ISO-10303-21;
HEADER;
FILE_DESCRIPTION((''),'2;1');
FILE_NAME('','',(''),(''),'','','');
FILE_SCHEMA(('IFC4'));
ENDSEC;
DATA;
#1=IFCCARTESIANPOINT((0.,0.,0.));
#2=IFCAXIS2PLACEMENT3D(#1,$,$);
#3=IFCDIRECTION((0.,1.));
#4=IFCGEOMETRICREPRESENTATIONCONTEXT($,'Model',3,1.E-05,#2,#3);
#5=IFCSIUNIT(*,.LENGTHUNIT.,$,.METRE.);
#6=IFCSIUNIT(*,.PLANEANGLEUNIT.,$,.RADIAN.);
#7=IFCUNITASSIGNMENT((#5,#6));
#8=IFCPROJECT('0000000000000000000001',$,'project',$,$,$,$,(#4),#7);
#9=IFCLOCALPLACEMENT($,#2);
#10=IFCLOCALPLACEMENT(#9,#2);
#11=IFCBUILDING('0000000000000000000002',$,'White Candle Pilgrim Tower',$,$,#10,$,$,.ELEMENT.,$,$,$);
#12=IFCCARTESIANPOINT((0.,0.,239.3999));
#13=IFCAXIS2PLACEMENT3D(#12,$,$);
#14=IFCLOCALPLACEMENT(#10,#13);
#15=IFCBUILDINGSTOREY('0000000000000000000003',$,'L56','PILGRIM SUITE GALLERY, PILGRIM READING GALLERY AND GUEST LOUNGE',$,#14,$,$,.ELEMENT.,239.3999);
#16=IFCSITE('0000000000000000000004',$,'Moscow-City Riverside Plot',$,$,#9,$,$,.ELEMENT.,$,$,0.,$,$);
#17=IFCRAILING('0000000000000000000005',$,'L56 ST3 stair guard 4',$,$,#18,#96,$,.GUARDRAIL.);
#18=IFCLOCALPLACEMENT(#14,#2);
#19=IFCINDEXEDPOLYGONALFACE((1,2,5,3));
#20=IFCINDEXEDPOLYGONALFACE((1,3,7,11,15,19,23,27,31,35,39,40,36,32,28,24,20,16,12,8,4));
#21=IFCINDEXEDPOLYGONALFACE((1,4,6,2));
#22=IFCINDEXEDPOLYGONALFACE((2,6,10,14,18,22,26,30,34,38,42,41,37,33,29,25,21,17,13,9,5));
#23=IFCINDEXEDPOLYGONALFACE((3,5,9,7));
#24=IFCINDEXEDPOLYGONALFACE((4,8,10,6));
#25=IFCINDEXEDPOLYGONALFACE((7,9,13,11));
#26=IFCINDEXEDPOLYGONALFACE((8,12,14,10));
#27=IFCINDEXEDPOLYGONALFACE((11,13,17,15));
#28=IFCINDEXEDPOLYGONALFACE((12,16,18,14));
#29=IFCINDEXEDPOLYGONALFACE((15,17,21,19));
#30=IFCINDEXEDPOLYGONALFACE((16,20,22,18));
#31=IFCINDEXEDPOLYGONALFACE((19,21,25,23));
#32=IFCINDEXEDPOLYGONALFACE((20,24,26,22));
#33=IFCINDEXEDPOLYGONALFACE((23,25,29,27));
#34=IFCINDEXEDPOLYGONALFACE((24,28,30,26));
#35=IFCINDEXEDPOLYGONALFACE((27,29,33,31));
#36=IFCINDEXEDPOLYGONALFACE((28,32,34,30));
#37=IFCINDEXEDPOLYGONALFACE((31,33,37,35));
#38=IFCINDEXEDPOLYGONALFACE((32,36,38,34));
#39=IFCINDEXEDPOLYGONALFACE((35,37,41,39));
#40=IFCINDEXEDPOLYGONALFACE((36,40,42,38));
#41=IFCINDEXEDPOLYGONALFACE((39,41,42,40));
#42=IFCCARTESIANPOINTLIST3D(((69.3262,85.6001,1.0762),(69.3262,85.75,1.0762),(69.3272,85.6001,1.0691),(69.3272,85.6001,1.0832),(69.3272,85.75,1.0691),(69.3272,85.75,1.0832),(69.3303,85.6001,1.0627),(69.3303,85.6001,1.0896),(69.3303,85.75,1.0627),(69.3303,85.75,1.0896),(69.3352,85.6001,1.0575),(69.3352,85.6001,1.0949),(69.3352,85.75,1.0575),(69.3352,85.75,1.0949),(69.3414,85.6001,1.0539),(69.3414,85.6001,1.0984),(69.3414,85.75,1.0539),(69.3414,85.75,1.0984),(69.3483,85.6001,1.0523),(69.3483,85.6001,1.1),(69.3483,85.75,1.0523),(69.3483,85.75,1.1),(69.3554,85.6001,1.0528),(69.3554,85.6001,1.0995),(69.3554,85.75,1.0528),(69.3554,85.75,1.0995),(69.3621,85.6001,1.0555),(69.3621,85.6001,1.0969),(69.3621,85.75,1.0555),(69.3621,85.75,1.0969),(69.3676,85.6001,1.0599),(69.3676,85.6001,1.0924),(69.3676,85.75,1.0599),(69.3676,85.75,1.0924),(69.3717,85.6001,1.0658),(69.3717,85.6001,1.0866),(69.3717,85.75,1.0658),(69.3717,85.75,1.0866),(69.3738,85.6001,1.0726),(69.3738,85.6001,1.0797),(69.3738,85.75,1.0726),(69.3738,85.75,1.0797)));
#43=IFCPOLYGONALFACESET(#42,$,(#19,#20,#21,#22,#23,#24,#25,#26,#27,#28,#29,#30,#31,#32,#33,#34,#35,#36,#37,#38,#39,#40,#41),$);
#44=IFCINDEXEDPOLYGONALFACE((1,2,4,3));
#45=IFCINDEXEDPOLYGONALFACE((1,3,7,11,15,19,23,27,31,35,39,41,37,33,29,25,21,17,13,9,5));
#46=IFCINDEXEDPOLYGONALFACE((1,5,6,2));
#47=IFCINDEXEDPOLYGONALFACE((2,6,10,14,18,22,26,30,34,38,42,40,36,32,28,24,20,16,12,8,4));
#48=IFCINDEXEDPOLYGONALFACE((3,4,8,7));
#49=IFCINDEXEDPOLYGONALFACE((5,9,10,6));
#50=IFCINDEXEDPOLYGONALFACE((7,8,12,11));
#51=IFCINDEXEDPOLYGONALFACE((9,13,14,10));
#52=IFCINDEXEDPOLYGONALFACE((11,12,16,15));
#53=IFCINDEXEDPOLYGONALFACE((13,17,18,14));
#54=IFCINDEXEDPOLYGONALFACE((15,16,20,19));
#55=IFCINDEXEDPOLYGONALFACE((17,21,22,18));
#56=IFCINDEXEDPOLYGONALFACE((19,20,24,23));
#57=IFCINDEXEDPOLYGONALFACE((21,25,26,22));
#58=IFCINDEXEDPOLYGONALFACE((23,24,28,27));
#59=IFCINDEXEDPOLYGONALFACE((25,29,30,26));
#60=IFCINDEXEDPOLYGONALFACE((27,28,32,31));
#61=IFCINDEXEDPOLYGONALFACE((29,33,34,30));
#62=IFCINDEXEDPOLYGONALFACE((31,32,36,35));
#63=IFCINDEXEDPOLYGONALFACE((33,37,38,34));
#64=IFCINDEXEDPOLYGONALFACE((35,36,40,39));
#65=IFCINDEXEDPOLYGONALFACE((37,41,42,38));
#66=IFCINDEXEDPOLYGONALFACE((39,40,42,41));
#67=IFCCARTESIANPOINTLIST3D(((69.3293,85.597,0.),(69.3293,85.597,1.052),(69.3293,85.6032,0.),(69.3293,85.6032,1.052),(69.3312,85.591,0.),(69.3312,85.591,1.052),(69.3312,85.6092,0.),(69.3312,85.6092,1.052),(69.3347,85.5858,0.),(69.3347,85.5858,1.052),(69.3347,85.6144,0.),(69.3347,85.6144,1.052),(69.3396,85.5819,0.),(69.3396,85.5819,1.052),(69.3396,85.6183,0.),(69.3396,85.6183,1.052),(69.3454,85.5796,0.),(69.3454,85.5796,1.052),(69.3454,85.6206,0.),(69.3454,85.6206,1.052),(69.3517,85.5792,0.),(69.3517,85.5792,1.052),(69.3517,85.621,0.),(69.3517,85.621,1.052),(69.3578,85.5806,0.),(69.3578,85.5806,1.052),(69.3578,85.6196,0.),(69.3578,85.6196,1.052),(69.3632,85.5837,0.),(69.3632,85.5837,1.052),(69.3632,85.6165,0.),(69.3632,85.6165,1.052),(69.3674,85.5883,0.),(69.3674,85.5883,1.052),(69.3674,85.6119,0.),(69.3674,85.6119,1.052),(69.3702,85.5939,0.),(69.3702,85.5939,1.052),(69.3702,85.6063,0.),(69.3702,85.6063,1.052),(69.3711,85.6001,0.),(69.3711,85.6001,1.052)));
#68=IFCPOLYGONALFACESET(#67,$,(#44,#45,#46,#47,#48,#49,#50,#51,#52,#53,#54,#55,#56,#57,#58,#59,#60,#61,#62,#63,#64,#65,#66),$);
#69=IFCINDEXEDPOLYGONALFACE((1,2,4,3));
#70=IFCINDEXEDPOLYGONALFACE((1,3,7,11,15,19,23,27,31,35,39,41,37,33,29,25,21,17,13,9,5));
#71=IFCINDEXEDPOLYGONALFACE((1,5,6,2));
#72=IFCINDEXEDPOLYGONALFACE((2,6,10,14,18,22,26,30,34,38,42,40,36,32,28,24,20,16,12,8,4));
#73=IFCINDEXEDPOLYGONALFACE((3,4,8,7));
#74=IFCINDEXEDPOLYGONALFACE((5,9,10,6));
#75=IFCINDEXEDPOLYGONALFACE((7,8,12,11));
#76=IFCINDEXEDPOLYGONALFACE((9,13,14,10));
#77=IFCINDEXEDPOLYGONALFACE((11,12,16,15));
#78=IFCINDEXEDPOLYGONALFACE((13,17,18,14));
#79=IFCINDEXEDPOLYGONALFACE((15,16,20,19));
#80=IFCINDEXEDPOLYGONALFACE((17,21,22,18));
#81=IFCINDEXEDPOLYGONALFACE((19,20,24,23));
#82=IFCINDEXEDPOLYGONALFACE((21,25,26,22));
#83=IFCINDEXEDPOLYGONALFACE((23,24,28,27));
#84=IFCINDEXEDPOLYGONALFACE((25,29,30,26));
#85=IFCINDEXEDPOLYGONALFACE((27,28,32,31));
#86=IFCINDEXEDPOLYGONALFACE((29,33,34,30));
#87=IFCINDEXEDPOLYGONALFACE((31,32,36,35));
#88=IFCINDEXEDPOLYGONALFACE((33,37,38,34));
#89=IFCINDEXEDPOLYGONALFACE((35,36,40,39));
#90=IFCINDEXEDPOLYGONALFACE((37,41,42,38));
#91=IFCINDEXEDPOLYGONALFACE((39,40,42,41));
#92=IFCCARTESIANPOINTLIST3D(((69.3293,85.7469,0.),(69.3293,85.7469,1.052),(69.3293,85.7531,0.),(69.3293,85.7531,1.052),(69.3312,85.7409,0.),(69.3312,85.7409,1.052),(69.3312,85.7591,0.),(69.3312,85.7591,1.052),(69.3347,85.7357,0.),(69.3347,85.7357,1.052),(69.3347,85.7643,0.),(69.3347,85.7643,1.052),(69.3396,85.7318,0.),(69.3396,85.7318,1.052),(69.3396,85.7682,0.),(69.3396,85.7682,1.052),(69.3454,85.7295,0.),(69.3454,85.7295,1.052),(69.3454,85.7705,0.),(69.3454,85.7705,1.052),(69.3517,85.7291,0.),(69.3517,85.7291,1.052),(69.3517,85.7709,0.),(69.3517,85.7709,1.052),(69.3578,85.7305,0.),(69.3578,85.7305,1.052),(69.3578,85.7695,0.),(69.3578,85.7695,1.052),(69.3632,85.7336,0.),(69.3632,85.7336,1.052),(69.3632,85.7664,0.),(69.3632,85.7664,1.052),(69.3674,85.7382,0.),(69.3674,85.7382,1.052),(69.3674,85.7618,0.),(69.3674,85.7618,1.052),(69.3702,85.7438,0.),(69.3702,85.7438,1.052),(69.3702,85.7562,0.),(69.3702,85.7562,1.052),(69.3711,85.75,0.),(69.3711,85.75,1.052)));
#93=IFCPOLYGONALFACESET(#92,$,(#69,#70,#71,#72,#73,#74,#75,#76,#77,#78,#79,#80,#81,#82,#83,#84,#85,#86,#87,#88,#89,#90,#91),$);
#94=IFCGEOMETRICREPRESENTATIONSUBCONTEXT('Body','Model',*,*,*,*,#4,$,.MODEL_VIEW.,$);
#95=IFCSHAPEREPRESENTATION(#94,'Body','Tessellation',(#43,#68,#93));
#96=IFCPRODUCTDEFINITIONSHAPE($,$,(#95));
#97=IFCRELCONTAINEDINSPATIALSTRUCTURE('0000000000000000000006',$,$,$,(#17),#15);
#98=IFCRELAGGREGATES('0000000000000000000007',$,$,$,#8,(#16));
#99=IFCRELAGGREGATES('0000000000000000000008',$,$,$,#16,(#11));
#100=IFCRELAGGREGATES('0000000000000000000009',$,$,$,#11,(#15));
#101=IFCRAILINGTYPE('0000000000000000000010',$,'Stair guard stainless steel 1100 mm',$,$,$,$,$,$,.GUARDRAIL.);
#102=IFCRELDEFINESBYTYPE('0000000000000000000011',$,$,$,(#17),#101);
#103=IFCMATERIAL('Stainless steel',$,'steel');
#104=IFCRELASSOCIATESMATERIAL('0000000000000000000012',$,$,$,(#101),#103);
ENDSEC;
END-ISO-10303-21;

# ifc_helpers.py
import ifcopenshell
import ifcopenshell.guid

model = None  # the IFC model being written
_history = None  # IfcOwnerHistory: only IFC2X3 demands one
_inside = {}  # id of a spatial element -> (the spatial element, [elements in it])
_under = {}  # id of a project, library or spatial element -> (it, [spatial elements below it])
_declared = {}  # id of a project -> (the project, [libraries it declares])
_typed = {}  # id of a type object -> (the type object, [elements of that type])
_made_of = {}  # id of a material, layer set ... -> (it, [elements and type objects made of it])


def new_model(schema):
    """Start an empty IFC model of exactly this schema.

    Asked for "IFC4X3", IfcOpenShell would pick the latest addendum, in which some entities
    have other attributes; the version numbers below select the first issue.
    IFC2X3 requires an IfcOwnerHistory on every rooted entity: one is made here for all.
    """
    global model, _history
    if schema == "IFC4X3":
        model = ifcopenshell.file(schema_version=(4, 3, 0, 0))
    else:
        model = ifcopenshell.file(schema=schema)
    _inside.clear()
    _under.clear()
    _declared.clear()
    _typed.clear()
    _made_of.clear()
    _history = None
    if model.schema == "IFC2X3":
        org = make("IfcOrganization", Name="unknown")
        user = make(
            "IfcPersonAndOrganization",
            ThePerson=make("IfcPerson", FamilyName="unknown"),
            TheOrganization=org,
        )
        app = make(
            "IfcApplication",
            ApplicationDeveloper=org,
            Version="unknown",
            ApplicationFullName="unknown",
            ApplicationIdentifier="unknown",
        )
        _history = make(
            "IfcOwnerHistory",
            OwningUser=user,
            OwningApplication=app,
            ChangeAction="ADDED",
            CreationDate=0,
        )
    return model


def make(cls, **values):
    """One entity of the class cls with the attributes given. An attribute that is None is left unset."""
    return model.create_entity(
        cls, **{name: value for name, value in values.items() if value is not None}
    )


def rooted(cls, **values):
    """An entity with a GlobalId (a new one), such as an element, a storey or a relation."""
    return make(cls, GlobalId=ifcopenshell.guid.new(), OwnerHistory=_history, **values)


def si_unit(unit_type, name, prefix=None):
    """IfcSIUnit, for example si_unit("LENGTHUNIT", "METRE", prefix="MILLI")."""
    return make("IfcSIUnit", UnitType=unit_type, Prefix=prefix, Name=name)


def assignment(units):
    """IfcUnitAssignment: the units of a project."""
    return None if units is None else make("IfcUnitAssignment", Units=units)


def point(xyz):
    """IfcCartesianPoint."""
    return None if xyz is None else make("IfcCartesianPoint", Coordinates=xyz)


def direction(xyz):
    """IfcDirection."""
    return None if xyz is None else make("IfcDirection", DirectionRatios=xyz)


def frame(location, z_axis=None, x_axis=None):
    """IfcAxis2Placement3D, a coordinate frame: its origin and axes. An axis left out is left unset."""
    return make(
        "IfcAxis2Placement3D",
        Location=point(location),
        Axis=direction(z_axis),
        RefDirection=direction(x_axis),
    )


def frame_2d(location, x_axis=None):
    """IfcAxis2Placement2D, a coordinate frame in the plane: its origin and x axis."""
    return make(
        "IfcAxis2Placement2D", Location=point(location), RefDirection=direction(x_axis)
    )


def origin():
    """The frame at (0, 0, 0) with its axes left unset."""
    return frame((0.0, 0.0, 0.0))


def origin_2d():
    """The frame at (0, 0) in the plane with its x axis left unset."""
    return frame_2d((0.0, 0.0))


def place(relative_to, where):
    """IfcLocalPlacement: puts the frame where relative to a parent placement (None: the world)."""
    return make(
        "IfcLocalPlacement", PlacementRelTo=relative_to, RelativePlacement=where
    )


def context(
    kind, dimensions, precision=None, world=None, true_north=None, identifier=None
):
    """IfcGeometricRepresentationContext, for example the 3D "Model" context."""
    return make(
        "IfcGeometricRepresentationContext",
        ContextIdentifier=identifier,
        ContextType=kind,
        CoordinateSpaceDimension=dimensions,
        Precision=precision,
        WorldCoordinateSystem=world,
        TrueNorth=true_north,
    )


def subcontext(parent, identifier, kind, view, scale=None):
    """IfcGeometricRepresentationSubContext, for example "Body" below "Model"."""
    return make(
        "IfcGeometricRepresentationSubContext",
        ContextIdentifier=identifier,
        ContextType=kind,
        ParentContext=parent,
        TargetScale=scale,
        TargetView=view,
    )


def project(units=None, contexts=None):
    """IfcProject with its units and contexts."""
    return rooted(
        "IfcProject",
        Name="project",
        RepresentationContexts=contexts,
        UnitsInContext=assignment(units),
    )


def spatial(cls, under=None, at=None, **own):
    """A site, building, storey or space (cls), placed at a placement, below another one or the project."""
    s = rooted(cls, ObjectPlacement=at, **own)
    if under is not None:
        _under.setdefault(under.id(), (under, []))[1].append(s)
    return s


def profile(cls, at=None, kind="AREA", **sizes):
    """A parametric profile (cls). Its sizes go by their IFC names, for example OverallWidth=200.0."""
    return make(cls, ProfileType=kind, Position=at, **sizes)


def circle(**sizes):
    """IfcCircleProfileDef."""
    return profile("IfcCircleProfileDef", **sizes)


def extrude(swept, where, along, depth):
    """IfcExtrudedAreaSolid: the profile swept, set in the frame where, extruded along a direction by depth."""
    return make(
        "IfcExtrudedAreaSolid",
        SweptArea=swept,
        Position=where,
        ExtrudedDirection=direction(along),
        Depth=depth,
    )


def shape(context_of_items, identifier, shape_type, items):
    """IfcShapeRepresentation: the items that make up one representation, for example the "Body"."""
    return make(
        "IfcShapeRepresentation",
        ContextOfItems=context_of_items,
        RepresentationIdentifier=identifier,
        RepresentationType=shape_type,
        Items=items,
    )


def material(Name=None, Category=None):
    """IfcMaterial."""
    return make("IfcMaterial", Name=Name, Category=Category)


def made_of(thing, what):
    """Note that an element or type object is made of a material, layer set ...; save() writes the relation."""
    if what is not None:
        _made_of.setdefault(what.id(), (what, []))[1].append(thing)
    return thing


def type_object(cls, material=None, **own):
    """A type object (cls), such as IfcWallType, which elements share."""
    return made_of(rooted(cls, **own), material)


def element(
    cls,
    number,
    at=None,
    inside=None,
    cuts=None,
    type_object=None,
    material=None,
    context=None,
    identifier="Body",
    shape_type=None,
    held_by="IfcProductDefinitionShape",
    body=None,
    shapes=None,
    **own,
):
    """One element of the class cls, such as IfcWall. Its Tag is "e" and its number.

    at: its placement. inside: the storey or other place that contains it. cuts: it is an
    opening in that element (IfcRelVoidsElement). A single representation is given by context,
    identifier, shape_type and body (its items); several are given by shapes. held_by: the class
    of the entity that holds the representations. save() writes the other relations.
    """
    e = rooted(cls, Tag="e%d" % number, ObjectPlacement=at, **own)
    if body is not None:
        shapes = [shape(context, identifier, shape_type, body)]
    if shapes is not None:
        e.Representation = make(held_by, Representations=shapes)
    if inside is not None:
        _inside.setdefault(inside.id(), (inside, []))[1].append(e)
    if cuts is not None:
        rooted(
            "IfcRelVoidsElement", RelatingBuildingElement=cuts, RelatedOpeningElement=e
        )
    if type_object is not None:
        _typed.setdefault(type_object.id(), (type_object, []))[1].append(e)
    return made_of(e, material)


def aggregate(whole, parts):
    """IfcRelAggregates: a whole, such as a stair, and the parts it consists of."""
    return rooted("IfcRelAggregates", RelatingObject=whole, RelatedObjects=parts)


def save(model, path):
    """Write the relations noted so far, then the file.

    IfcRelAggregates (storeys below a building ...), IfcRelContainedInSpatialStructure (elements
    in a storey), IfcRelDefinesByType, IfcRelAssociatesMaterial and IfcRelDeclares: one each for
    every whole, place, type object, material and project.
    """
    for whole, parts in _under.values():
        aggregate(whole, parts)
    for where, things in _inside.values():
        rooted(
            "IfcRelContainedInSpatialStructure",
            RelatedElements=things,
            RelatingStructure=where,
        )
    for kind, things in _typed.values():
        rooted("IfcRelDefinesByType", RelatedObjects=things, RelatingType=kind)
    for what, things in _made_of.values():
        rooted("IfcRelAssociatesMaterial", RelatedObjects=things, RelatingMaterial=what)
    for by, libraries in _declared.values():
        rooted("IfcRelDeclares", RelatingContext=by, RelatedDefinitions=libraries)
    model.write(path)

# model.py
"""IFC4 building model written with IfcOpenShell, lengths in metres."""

from ifc_helpers import new_model, si_unit, direction, frame, origin, origin_2d, place, context, subcontext, project, spatial, circle, extrude, material, type_object, element, save


model = new_model("IFC4")

# Units and contexts
model_context = context("Model", 3, precision=1e-05, world=origin(), true_north=direction((0.0, 1.0)))
body_context = subcontext(model_context, "Body", "Model", "MODEL_VIEW")
ifc_project = project(units=[si_unit("LENGTHUNIT", "METRE"), si_unit("PLANEANGLEUNIT", "RADIAN")], contexts=[model_context])

# Site, building, storey
site_placement = place(None, origin())
site = spatial("IfcSite", under=ifc_project, at=site_placement, Name="Moscow-City Riverside Plot", CompositionType="ELEMENT", RefElevation=0.0)
building_placement = place(site_placement, origin())
building = spatial("IfcBuilding", under=site, at=building_placement, Name="White Candle Pilgrim Tower", CompositionType="ELEMENT")
storey_placement = place(building_placement, frame((0.0, 0.0, 239.3999)))
storey = spatial("IfcBuildingStorey", under=building, at=storey_placement, Name="L56", Description="PILGRIM SUITE GALLERY, PILGRIM READING GALLERY AND GUEST LOUNGE", CompositionType="ELEMENT", Elevation=239.3999)

# Shared definitions
ifc_material_1 = material(Name="Stainless steel", Category="steel")

# Railing
railing_type_1 = type_object("IfcRailingType", Name="Stair guard stainless steel 1100 mm", PredefinedType="GUARDRAIL", material=ifc_material_1)
railing_1_placement = place(storey_placement, frame((69.3501, 85.6001, 0.0)))
element("IfcRailing", 1, at=railing_1_placement, inside=storey, type_object=railing_type_1, Name="L56 ST3 stair guard 4", PredefinedType="GUARDRAIL", context=body_context, shape_type="SweptSolid", body=[
    extrude(circle(Radius=0.0239, at=origin_2d()), frame((0.0, 0.0, 1.0762), z_axis=(0.0, 1.0, 0.0), x_axis=(-1.0, 0.0, 0.0)), (0.0, 0.0, 1.0), 0.1499),
    extrude(circle(Radius=0.021, at=origin_2d()), origin(), (0.0, 0.0, 1.0), 1.052),
    extrude(circle(Radius=0.021, at=origin_2d()), frame((0.0, 0.1499, 0.0)), (0.0, 0.0, 1.0), 1.052),
])

save(model, "model.ifc")
